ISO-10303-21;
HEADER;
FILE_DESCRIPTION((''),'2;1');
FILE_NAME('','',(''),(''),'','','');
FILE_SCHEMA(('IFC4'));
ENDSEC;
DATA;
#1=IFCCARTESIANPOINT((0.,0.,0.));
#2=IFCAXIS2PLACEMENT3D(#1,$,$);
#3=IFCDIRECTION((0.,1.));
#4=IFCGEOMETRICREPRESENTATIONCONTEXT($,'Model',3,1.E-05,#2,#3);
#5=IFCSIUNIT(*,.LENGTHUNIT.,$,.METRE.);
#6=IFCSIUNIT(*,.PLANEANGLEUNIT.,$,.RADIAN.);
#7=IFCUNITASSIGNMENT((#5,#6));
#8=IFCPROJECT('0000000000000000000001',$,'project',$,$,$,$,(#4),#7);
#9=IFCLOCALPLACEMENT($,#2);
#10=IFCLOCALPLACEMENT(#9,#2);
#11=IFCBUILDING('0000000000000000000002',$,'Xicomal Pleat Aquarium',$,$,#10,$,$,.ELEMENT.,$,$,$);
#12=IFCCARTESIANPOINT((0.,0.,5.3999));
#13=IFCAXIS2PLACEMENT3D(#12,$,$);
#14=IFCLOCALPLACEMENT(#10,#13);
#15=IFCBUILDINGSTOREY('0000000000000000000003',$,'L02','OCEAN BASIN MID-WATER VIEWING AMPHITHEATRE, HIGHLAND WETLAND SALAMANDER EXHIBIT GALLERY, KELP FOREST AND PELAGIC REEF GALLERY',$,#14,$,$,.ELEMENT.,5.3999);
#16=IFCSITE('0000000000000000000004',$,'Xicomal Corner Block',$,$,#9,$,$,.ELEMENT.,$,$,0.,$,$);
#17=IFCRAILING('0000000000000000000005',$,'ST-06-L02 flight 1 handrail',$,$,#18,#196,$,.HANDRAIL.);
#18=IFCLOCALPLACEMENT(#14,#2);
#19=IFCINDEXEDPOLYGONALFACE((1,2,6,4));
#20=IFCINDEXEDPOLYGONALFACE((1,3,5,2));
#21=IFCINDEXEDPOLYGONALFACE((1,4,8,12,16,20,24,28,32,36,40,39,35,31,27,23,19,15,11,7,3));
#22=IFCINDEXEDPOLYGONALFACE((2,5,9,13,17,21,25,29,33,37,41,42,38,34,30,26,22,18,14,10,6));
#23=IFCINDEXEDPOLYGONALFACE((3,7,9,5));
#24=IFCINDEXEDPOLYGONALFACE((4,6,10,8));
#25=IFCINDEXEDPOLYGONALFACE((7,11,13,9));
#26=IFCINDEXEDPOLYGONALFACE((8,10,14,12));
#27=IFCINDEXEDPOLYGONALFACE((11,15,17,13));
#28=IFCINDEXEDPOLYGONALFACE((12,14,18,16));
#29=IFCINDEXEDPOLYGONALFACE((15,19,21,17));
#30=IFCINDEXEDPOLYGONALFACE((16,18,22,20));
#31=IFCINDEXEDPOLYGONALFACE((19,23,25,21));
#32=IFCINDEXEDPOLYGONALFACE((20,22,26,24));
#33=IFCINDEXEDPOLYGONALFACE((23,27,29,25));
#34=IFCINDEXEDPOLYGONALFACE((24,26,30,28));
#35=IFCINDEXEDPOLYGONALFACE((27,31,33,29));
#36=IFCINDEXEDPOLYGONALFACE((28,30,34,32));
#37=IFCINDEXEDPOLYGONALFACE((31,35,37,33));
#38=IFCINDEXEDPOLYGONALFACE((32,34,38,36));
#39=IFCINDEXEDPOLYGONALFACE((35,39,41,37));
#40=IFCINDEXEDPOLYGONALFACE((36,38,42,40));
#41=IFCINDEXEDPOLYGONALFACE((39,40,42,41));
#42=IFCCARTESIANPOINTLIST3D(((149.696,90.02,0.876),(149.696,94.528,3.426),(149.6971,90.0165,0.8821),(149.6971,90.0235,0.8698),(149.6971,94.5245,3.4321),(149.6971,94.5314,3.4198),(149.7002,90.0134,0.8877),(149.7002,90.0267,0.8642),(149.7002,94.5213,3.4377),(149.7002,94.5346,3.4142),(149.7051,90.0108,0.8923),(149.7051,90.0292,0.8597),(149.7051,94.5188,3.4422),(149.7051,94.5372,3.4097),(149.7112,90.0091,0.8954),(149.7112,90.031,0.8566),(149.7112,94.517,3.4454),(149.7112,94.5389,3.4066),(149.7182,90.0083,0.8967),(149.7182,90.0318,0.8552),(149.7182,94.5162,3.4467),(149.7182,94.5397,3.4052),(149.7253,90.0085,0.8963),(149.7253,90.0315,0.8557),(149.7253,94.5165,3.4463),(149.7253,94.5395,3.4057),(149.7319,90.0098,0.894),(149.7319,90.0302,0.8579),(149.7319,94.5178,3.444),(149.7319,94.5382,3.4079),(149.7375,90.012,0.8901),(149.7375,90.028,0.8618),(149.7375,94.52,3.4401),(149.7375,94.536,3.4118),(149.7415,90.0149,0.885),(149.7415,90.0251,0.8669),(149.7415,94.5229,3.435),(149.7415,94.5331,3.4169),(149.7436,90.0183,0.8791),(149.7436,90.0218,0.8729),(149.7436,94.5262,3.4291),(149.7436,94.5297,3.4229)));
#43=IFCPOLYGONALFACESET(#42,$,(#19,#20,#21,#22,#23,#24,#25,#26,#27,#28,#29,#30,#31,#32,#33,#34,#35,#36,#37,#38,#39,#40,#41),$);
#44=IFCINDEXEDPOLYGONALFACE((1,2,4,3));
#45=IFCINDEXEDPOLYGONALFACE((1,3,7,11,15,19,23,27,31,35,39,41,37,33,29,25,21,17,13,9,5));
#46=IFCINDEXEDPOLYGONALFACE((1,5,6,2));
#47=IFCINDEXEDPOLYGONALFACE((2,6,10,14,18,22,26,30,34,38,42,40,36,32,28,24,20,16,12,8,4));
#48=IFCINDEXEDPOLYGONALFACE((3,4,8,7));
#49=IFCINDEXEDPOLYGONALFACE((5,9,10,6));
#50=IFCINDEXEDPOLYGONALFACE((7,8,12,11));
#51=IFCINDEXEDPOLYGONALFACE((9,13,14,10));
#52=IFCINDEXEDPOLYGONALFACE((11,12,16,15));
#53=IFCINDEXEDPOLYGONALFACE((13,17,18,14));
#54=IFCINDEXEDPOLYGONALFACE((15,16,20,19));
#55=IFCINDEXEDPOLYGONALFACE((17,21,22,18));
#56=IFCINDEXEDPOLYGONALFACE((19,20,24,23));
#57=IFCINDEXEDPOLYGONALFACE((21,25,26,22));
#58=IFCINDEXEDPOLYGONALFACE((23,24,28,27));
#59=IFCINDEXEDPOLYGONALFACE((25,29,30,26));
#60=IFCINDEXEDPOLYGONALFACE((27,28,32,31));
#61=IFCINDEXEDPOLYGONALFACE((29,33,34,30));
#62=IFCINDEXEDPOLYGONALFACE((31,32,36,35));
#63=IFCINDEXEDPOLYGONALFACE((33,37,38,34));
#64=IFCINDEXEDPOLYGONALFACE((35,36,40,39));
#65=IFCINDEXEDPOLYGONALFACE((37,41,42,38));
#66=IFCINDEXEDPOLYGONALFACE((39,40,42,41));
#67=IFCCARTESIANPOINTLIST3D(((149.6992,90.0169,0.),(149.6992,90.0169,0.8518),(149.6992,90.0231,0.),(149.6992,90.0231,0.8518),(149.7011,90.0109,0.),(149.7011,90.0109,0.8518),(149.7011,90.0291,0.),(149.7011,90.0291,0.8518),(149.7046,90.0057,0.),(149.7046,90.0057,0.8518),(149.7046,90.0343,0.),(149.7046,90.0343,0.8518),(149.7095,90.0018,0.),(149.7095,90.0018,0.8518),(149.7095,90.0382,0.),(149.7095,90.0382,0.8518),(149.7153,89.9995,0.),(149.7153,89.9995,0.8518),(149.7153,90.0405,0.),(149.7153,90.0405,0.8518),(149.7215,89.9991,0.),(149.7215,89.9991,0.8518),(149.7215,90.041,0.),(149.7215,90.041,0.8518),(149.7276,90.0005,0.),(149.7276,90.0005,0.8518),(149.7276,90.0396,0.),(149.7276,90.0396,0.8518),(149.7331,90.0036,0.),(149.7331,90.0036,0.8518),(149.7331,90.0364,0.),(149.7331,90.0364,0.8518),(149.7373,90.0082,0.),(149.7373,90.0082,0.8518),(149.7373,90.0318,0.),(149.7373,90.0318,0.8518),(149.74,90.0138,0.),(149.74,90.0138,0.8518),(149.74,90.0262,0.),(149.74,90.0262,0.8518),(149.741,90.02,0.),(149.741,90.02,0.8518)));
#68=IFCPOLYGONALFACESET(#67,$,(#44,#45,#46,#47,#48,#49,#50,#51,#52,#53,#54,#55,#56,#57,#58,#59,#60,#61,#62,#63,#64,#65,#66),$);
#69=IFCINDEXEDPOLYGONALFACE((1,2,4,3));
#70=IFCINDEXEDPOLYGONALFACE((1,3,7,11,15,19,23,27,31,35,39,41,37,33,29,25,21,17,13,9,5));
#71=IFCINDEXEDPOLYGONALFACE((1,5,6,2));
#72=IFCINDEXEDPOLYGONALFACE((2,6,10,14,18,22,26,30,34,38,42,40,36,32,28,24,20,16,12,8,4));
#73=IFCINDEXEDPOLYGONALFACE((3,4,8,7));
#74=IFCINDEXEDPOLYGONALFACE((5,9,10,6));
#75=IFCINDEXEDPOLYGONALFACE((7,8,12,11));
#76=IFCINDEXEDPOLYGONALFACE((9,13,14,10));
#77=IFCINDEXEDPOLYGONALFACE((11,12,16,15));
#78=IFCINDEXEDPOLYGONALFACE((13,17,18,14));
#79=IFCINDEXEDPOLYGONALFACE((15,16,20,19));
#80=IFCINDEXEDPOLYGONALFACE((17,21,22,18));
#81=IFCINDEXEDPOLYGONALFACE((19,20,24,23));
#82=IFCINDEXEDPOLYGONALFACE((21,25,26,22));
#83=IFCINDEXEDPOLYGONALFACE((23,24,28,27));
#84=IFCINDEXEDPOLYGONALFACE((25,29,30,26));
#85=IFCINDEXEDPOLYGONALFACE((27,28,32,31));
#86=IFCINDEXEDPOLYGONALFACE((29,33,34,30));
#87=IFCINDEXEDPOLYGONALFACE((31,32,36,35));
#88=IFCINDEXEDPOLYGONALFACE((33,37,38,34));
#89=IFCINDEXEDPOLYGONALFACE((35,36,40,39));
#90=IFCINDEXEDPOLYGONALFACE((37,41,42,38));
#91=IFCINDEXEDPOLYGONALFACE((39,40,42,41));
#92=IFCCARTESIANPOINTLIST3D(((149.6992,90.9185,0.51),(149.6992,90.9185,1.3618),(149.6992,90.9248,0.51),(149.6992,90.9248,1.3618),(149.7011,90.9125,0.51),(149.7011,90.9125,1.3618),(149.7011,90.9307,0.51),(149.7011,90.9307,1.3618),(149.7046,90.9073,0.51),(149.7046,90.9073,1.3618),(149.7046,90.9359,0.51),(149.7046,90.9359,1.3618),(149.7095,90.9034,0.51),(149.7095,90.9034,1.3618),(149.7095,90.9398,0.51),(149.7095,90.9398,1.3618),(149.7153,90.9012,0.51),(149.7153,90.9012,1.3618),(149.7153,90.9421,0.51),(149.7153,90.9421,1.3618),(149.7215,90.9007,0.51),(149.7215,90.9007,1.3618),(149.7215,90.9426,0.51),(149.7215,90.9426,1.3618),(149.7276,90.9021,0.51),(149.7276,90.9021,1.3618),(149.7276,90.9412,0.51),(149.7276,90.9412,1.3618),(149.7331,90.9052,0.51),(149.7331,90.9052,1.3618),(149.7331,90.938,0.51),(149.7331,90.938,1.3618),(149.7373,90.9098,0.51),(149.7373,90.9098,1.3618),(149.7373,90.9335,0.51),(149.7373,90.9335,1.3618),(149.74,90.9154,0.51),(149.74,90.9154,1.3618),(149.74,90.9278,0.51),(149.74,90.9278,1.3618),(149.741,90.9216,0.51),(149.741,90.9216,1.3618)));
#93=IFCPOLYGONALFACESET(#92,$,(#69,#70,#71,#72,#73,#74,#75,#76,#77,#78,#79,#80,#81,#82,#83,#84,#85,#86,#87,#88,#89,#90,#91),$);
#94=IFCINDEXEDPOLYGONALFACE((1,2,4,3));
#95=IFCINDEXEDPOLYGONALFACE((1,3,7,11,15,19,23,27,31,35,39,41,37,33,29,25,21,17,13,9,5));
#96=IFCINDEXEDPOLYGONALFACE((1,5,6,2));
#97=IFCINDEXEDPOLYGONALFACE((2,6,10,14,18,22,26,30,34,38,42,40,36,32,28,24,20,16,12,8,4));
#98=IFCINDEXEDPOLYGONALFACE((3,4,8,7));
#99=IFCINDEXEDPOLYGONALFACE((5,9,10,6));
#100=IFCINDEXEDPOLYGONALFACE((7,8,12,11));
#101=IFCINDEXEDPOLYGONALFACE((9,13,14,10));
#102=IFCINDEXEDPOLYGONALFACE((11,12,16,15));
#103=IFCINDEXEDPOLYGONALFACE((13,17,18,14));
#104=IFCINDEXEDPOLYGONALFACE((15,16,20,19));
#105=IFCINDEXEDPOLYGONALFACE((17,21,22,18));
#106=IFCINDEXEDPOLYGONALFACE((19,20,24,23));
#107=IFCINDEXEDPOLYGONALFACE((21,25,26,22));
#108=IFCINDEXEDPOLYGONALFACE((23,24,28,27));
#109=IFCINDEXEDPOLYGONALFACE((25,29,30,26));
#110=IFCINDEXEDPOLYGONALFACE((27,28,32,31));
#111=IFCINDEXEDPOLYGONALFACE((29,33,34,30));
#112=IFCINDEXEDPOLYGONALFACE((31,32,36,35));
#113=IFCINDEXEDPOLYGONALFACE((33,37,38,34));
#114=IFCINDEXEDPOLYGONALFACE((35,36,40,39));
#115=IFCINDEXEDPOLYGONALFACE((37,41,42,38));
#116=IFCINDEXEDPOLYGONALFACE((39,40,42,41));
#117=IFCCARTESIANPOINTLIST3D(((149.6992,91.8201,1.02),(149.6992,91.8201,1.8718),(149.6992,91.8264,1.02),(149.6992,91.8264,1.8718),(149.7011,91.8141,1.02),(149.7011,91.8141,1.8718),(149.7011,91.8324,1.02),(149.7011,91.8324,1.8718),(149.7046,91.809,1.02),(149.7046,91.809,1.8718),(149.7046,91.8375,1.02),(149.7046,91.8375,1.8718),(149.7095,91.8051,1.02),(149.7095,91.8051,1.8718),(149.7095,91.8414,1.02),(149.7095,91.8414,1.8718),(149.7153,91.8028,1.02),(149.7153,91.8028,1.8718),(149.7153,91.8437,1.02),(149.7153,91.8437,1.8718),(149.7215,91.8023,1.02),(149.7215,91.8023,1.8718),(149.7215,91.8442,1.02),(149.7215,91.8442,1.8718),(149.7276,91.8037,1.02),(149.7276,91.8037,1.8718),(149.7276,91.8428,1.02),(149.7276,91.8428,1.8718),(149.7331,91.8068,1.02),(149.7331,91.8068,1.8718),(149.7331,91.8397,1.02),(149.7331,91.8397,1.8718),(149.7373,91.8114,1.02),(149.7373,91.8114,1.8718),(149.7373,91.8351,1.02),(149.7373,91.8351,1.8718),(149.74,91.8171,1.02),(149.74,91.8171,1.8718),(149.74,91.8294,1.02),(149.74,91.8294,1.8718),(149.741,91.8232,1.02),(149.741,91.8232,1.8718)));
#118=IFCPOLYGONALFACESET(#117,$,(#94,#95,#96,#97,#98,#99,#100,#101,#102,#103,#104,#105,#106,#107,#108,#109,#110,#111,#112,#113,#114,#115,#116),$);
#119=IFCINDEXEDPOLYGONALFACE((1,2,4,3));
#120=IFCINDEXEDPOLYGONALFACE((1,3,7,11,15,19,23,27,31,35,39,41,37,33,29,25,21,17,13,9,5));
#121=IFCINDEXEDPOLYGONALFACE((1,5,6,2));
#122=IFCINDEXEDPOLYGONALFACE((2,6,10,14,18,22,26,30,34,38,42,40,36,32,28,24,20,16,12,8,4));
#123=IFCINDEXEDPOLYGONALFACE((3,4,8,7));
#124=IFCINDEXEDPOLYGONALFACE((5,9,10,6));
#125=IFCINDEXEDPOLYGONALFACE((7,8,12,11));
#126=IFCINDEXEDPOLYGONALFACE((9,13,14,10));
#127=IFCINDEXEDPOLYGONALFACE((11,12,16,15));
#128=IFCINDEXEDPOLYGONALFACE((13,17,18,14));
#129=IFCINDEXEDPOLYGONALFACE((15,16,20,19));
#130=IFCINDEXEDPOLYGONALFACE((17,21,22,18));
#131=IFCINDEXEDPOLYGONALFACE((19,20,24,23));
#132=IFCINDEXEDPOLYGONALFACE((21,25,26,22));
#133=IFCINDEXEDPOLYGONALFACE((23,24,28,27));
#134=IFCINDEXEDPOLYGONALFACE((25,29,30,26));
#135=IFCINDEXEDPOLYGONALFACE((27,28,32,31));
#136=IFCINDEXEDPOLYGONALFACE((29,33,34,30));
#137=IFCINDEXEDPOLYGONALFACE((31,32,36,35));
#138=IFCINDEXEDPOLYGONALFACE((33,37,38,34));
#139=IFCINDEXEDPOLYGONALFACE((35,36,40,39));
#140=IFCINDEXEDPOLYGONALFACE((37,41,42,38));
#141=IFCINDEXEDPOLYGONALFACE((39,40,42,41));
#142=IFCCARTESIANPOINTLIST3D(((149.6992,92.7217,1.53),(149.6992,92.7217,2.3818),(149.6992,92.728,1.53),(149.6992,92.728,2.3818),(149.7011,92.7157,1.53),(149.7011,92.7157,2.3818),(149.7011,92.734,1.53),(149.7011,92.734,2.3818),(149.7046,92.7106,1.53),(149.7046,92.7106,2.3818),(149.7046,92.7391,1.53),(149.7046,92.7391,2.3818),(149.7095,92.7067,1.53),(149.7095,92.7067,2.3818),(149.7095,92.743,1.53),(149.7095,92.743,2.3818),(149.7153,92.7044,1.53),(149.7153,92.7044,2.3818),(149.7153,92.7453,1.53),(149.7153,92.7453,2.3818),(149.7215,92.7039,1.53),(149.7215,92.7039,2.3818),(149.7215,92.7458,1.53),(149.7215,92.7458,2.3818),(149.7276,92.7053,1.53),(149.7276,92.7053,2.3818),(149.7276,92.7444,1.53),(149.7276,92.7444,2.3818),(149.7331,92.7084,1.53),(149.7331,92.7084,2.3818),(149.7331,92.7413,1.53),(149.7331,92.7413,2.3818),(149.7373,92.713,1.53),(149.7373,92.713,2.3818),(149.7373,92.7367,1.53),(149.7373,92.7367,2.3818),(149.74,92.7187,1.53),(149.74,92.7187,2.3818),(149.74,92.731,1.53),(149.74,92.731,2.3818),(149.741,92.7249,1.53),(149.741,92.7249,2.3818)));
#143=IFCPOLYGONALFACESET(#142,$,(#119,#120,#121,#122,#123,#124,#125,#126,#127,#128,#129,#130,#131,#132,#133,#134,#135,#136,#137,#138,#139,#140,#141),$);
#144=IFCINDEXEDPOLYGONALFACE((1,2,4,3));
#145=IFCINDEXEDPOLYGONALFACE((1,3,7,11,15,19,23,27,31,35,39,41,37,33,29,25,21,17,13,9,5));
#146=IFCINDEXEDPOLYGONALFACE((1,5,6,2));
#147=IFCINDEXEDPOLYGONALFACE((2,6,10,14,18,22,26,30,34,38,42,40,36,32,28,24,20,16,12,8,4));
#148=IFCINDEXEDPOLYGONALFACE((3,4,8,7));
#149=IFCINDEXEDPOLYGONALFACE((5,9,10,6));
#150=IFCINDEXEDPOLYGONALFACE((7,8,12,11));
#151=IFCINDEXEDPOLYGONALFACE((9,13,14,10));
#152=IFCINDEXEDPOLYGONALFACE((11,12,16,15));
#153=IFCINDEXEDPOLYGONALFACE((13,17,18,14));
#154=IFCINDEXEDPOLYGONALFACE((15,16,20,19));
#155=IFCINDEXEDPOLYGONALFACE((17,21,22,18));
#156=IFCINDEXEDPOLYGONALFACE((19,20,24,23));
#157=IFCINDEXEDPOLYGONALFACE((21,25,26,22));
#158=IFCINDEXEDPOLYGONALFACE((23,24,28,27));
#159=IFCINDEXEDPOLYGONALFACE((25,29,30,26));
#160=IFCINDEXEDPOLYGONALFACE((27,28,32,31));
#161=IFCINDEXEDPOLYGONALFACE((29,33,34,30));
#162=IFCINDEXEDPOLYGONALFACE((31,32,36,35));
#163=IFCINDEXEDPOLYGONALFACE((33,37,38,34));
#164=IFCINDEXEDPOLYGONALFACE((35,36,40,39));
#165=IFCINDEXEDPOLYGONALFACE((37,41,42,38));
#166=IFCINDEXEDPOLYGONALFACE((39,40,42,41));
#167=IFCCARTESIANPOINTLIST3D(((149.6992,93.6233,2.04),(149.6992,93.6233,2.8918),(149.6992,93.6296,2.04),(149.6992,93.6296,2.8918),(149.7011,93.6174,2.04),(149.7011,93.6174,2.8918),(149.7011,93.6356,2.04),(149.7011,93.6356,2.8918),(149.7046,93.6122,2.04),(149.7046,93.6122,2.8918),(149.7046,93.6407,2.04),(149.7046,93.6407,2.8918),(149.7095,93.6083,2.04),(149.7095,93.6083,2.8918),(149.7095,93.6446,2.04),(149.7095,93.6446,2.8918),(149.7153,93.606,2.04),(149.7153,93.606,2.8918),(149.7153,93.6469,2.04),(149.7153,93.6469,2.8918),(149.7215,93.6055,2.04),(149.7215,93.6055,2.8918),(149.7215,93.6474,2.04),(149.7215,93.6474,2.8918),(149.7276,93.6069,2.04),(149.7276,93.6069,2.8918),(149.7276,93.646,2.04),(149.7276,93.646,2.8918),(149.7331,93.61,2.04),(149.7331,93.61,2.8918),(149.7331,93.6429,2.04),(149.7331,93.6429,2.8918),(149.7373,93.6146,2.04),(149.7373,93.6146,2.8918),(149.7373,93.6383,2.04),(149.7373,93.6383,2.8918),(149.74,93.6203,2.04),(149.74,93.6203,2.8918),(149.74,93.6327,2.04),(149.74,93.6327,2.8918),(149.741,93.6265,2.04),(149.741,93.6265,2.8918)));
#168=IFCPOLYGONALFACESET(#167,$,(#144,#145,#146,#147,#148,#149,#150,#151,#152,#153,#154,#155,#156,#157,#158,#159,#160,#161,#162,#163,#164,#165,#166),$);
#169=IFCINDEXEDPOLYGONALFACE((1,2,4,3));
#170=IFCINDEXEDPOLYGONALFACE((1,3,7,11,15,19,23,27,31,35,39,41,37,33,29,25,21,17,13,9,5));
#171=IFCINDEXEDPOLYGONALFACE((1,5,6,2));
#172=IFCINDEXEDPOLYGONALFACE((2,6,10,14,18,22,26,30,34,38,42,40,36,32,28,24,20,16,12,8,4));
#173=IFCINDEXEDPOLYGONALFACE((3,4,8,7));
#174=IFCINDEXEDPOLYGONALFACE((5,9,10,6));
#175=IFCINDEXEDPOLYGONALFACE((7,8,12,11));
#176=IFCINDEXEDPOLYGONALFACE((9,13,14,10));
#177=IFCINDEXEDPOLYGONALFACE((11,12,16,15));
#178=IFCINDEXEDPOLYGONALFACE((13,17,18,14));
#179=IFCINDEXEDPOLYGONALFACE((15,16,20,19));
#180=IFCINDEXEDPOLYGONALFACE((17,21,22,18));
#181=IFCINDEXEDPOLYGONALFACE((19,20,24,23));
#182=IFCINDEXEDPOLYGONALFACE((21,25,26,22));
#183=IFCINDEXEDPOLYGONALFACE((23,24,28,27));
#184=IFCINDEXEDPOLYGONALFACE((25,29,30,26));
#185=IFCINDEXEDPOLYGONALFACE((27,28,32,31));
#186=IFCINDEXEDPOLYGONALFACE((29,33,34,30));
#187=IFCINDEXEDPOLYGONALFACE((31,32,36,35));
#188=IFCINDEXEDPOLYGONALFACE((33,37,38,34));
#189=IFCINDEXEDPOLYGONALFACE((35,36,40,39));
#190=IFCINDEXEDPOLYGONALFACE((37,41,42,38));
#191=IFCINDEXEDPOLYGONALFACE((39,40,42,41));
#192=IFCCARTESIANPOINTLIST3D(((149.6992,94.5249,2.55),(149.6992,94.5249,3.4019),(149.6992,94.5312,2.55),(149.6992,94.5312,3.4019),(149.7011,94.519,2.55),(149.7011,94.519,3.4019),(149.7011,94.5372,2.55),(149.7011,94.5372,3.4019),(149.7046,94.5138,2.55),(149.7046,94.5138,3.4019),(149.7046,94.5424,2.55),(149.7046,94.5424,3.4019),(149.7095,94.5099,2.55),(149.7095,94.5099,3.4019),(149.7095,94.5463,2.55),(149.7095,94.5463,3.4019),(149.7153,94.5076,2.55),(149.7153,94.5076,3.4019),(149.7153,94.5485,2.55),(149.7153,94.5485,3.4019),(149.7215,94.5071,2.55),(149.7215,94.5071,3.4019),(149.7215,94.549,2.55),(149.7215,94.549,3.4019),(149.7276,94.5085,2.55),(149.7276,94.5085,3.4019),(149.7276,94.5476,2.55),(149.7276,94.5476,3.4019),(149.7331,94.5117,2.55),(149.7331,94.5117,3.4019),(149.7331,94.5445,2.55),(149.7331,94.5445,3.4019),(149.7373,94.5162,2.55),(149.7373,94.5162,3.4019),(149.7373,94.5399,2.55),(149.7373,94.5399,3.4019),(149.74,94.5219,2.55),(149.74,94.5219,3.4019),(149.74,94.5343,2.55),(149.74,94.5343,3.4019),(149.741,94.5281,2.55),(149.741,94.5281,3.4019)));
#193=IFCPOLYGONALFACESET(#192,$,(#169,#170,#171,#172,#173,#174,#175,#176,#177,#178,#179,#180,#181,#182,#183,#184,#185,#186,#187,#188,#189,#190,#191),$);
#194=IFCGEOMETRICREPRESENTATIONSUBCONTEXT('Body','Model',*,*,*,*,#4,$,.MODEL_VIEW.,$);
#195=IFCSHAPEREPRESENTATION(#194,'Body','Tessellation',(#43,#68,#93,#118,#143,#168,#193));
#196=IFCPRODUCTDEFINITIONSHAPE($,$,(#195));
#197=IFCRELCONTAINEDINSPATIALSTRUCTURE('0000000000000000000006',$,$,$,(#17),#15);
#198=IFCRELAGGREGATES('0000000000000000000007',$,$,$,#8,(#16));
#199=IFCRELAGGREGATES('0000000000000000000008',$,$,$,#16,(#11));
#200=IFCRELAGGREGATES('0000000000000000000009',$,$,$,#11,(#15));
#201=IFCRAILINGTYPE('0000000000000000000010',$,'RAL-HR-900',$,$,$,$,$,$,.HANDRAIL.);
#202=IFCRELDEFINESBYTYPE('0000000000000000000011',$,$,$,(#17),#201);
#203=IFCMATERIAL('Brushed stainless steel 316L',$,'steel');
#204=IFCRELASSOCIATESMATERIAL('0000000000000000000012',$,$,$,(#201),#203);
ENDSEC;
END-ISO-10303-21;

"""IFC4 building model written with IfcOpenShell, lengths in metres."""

from ifc_helpers import new_model, si_unit, direction, frame, origin, origin_2d, place, context, subcontext, project, spatial, circle, extrude, material, type_object, element, save


model = new_model("IFC4")

# Units and contexts
model_context = context("Model", 3, precision=1e-05, world=origin(), true_north=direction((0.0, 1.0)))
body_context = subcontext(model_context, "Body", "Model", "MODEL_VIEW")
ifc_project = project(units=[si_unit("LENGTHUNIT", "METRE"), si_unit("PLANEANGLEUNIT", "RADIAN")], contexts=[model_context])

# Site, building, storey
site_placement = place(None, origin())
site = spatial("IfcSite", under=ifc_project, at=site_placement, Name="Xicomal Corner Block", CompositionType="ELEMENT", RefElevation=0.0)
building_placement = place(site_placement, origin())
building = spatial("IfcBuilding", under=site, at=building_placement, Name="Xicomal Pleat Aquarium", CompositionType="ELEMENT")
storey_placement = place(building_placement, frame((0.0, 0.0, 5.3999)))
storey = spatial("IfcBuildingStorey", under=building, at=storey_placement, Name="L02", Description="OCEAN BASIN MID-WATER VIEWING AMPHITHEATRE, HIGHLAND WETLAND SALAMANDER EXHIBIT GALLERY, KELP FOREST AND PELAGIC REEF GALLERY", CompositionType="ELEMENT", Elevation=5.3999)

# Railing
ifc_material_1 = material(Name="Brushed stainless steel 316L", Category="steel")
railing_type_1 = type_object("IfcRailingType", Name="RAL-HR-900", PredefinedType="HANDRAIL", material=ifc_material_1)
railing_1_placement = place(storey_placement, frame((149.72, 90.02, 0.0)))
element("IfcRailing", 1, at=railing_1_placement, inside=storey, type_object=railing_type_1, Name="ST-06-L02 flight 1 handrail", PredefinedType="HANDRAIL", context=body_context, shape_type="SweptSolid", body=[
    extrude(circle(Radius=0.0239, at=origin_2d()), frame((0.0, 0.0, 0.876), z_axis=(0.0, 0.870396, 0.492352), x_axis=(-1.0, 0.0, 0.0)), (0.0, 0.0, 1.0), 5.1792),
    extrude(circle(Radius=0.021, at=origin_2d()), origin(), (0.0, 0.0, 1.0), 0.8518),
    extrude(circle(Radius=0.021, at=origin_2d()), frame((0.0, 0.9016, 0.51)), (0.0, 0.0, 1.0), 0.8518),
    extrude(circle(Radius=0.021, at=origin_2d()), frame((0.0, 1.8032, 1.02)), (0.0, 0.0, 1.0), 0.8518),
    extrude(circle(Radius=0.021, at=origin_2d()), frame((0.0, 2.7048, 1.53)), (0.0, 0.0, 1.0), 0.8518),
    extrude(circle(Radius=0.021, at=origin_2d()), frame((0.0, 3.6064, 2.04)), (0.0, 0.0, 1.0), 0.8518),
    extrude(circle(Radius=0.021, at=origin_2d()), frame((0.0, 4.5081, 2.55)), (0.0, 0.0, 1.0), 0.8518),
])

save(model, "model.ifc")
